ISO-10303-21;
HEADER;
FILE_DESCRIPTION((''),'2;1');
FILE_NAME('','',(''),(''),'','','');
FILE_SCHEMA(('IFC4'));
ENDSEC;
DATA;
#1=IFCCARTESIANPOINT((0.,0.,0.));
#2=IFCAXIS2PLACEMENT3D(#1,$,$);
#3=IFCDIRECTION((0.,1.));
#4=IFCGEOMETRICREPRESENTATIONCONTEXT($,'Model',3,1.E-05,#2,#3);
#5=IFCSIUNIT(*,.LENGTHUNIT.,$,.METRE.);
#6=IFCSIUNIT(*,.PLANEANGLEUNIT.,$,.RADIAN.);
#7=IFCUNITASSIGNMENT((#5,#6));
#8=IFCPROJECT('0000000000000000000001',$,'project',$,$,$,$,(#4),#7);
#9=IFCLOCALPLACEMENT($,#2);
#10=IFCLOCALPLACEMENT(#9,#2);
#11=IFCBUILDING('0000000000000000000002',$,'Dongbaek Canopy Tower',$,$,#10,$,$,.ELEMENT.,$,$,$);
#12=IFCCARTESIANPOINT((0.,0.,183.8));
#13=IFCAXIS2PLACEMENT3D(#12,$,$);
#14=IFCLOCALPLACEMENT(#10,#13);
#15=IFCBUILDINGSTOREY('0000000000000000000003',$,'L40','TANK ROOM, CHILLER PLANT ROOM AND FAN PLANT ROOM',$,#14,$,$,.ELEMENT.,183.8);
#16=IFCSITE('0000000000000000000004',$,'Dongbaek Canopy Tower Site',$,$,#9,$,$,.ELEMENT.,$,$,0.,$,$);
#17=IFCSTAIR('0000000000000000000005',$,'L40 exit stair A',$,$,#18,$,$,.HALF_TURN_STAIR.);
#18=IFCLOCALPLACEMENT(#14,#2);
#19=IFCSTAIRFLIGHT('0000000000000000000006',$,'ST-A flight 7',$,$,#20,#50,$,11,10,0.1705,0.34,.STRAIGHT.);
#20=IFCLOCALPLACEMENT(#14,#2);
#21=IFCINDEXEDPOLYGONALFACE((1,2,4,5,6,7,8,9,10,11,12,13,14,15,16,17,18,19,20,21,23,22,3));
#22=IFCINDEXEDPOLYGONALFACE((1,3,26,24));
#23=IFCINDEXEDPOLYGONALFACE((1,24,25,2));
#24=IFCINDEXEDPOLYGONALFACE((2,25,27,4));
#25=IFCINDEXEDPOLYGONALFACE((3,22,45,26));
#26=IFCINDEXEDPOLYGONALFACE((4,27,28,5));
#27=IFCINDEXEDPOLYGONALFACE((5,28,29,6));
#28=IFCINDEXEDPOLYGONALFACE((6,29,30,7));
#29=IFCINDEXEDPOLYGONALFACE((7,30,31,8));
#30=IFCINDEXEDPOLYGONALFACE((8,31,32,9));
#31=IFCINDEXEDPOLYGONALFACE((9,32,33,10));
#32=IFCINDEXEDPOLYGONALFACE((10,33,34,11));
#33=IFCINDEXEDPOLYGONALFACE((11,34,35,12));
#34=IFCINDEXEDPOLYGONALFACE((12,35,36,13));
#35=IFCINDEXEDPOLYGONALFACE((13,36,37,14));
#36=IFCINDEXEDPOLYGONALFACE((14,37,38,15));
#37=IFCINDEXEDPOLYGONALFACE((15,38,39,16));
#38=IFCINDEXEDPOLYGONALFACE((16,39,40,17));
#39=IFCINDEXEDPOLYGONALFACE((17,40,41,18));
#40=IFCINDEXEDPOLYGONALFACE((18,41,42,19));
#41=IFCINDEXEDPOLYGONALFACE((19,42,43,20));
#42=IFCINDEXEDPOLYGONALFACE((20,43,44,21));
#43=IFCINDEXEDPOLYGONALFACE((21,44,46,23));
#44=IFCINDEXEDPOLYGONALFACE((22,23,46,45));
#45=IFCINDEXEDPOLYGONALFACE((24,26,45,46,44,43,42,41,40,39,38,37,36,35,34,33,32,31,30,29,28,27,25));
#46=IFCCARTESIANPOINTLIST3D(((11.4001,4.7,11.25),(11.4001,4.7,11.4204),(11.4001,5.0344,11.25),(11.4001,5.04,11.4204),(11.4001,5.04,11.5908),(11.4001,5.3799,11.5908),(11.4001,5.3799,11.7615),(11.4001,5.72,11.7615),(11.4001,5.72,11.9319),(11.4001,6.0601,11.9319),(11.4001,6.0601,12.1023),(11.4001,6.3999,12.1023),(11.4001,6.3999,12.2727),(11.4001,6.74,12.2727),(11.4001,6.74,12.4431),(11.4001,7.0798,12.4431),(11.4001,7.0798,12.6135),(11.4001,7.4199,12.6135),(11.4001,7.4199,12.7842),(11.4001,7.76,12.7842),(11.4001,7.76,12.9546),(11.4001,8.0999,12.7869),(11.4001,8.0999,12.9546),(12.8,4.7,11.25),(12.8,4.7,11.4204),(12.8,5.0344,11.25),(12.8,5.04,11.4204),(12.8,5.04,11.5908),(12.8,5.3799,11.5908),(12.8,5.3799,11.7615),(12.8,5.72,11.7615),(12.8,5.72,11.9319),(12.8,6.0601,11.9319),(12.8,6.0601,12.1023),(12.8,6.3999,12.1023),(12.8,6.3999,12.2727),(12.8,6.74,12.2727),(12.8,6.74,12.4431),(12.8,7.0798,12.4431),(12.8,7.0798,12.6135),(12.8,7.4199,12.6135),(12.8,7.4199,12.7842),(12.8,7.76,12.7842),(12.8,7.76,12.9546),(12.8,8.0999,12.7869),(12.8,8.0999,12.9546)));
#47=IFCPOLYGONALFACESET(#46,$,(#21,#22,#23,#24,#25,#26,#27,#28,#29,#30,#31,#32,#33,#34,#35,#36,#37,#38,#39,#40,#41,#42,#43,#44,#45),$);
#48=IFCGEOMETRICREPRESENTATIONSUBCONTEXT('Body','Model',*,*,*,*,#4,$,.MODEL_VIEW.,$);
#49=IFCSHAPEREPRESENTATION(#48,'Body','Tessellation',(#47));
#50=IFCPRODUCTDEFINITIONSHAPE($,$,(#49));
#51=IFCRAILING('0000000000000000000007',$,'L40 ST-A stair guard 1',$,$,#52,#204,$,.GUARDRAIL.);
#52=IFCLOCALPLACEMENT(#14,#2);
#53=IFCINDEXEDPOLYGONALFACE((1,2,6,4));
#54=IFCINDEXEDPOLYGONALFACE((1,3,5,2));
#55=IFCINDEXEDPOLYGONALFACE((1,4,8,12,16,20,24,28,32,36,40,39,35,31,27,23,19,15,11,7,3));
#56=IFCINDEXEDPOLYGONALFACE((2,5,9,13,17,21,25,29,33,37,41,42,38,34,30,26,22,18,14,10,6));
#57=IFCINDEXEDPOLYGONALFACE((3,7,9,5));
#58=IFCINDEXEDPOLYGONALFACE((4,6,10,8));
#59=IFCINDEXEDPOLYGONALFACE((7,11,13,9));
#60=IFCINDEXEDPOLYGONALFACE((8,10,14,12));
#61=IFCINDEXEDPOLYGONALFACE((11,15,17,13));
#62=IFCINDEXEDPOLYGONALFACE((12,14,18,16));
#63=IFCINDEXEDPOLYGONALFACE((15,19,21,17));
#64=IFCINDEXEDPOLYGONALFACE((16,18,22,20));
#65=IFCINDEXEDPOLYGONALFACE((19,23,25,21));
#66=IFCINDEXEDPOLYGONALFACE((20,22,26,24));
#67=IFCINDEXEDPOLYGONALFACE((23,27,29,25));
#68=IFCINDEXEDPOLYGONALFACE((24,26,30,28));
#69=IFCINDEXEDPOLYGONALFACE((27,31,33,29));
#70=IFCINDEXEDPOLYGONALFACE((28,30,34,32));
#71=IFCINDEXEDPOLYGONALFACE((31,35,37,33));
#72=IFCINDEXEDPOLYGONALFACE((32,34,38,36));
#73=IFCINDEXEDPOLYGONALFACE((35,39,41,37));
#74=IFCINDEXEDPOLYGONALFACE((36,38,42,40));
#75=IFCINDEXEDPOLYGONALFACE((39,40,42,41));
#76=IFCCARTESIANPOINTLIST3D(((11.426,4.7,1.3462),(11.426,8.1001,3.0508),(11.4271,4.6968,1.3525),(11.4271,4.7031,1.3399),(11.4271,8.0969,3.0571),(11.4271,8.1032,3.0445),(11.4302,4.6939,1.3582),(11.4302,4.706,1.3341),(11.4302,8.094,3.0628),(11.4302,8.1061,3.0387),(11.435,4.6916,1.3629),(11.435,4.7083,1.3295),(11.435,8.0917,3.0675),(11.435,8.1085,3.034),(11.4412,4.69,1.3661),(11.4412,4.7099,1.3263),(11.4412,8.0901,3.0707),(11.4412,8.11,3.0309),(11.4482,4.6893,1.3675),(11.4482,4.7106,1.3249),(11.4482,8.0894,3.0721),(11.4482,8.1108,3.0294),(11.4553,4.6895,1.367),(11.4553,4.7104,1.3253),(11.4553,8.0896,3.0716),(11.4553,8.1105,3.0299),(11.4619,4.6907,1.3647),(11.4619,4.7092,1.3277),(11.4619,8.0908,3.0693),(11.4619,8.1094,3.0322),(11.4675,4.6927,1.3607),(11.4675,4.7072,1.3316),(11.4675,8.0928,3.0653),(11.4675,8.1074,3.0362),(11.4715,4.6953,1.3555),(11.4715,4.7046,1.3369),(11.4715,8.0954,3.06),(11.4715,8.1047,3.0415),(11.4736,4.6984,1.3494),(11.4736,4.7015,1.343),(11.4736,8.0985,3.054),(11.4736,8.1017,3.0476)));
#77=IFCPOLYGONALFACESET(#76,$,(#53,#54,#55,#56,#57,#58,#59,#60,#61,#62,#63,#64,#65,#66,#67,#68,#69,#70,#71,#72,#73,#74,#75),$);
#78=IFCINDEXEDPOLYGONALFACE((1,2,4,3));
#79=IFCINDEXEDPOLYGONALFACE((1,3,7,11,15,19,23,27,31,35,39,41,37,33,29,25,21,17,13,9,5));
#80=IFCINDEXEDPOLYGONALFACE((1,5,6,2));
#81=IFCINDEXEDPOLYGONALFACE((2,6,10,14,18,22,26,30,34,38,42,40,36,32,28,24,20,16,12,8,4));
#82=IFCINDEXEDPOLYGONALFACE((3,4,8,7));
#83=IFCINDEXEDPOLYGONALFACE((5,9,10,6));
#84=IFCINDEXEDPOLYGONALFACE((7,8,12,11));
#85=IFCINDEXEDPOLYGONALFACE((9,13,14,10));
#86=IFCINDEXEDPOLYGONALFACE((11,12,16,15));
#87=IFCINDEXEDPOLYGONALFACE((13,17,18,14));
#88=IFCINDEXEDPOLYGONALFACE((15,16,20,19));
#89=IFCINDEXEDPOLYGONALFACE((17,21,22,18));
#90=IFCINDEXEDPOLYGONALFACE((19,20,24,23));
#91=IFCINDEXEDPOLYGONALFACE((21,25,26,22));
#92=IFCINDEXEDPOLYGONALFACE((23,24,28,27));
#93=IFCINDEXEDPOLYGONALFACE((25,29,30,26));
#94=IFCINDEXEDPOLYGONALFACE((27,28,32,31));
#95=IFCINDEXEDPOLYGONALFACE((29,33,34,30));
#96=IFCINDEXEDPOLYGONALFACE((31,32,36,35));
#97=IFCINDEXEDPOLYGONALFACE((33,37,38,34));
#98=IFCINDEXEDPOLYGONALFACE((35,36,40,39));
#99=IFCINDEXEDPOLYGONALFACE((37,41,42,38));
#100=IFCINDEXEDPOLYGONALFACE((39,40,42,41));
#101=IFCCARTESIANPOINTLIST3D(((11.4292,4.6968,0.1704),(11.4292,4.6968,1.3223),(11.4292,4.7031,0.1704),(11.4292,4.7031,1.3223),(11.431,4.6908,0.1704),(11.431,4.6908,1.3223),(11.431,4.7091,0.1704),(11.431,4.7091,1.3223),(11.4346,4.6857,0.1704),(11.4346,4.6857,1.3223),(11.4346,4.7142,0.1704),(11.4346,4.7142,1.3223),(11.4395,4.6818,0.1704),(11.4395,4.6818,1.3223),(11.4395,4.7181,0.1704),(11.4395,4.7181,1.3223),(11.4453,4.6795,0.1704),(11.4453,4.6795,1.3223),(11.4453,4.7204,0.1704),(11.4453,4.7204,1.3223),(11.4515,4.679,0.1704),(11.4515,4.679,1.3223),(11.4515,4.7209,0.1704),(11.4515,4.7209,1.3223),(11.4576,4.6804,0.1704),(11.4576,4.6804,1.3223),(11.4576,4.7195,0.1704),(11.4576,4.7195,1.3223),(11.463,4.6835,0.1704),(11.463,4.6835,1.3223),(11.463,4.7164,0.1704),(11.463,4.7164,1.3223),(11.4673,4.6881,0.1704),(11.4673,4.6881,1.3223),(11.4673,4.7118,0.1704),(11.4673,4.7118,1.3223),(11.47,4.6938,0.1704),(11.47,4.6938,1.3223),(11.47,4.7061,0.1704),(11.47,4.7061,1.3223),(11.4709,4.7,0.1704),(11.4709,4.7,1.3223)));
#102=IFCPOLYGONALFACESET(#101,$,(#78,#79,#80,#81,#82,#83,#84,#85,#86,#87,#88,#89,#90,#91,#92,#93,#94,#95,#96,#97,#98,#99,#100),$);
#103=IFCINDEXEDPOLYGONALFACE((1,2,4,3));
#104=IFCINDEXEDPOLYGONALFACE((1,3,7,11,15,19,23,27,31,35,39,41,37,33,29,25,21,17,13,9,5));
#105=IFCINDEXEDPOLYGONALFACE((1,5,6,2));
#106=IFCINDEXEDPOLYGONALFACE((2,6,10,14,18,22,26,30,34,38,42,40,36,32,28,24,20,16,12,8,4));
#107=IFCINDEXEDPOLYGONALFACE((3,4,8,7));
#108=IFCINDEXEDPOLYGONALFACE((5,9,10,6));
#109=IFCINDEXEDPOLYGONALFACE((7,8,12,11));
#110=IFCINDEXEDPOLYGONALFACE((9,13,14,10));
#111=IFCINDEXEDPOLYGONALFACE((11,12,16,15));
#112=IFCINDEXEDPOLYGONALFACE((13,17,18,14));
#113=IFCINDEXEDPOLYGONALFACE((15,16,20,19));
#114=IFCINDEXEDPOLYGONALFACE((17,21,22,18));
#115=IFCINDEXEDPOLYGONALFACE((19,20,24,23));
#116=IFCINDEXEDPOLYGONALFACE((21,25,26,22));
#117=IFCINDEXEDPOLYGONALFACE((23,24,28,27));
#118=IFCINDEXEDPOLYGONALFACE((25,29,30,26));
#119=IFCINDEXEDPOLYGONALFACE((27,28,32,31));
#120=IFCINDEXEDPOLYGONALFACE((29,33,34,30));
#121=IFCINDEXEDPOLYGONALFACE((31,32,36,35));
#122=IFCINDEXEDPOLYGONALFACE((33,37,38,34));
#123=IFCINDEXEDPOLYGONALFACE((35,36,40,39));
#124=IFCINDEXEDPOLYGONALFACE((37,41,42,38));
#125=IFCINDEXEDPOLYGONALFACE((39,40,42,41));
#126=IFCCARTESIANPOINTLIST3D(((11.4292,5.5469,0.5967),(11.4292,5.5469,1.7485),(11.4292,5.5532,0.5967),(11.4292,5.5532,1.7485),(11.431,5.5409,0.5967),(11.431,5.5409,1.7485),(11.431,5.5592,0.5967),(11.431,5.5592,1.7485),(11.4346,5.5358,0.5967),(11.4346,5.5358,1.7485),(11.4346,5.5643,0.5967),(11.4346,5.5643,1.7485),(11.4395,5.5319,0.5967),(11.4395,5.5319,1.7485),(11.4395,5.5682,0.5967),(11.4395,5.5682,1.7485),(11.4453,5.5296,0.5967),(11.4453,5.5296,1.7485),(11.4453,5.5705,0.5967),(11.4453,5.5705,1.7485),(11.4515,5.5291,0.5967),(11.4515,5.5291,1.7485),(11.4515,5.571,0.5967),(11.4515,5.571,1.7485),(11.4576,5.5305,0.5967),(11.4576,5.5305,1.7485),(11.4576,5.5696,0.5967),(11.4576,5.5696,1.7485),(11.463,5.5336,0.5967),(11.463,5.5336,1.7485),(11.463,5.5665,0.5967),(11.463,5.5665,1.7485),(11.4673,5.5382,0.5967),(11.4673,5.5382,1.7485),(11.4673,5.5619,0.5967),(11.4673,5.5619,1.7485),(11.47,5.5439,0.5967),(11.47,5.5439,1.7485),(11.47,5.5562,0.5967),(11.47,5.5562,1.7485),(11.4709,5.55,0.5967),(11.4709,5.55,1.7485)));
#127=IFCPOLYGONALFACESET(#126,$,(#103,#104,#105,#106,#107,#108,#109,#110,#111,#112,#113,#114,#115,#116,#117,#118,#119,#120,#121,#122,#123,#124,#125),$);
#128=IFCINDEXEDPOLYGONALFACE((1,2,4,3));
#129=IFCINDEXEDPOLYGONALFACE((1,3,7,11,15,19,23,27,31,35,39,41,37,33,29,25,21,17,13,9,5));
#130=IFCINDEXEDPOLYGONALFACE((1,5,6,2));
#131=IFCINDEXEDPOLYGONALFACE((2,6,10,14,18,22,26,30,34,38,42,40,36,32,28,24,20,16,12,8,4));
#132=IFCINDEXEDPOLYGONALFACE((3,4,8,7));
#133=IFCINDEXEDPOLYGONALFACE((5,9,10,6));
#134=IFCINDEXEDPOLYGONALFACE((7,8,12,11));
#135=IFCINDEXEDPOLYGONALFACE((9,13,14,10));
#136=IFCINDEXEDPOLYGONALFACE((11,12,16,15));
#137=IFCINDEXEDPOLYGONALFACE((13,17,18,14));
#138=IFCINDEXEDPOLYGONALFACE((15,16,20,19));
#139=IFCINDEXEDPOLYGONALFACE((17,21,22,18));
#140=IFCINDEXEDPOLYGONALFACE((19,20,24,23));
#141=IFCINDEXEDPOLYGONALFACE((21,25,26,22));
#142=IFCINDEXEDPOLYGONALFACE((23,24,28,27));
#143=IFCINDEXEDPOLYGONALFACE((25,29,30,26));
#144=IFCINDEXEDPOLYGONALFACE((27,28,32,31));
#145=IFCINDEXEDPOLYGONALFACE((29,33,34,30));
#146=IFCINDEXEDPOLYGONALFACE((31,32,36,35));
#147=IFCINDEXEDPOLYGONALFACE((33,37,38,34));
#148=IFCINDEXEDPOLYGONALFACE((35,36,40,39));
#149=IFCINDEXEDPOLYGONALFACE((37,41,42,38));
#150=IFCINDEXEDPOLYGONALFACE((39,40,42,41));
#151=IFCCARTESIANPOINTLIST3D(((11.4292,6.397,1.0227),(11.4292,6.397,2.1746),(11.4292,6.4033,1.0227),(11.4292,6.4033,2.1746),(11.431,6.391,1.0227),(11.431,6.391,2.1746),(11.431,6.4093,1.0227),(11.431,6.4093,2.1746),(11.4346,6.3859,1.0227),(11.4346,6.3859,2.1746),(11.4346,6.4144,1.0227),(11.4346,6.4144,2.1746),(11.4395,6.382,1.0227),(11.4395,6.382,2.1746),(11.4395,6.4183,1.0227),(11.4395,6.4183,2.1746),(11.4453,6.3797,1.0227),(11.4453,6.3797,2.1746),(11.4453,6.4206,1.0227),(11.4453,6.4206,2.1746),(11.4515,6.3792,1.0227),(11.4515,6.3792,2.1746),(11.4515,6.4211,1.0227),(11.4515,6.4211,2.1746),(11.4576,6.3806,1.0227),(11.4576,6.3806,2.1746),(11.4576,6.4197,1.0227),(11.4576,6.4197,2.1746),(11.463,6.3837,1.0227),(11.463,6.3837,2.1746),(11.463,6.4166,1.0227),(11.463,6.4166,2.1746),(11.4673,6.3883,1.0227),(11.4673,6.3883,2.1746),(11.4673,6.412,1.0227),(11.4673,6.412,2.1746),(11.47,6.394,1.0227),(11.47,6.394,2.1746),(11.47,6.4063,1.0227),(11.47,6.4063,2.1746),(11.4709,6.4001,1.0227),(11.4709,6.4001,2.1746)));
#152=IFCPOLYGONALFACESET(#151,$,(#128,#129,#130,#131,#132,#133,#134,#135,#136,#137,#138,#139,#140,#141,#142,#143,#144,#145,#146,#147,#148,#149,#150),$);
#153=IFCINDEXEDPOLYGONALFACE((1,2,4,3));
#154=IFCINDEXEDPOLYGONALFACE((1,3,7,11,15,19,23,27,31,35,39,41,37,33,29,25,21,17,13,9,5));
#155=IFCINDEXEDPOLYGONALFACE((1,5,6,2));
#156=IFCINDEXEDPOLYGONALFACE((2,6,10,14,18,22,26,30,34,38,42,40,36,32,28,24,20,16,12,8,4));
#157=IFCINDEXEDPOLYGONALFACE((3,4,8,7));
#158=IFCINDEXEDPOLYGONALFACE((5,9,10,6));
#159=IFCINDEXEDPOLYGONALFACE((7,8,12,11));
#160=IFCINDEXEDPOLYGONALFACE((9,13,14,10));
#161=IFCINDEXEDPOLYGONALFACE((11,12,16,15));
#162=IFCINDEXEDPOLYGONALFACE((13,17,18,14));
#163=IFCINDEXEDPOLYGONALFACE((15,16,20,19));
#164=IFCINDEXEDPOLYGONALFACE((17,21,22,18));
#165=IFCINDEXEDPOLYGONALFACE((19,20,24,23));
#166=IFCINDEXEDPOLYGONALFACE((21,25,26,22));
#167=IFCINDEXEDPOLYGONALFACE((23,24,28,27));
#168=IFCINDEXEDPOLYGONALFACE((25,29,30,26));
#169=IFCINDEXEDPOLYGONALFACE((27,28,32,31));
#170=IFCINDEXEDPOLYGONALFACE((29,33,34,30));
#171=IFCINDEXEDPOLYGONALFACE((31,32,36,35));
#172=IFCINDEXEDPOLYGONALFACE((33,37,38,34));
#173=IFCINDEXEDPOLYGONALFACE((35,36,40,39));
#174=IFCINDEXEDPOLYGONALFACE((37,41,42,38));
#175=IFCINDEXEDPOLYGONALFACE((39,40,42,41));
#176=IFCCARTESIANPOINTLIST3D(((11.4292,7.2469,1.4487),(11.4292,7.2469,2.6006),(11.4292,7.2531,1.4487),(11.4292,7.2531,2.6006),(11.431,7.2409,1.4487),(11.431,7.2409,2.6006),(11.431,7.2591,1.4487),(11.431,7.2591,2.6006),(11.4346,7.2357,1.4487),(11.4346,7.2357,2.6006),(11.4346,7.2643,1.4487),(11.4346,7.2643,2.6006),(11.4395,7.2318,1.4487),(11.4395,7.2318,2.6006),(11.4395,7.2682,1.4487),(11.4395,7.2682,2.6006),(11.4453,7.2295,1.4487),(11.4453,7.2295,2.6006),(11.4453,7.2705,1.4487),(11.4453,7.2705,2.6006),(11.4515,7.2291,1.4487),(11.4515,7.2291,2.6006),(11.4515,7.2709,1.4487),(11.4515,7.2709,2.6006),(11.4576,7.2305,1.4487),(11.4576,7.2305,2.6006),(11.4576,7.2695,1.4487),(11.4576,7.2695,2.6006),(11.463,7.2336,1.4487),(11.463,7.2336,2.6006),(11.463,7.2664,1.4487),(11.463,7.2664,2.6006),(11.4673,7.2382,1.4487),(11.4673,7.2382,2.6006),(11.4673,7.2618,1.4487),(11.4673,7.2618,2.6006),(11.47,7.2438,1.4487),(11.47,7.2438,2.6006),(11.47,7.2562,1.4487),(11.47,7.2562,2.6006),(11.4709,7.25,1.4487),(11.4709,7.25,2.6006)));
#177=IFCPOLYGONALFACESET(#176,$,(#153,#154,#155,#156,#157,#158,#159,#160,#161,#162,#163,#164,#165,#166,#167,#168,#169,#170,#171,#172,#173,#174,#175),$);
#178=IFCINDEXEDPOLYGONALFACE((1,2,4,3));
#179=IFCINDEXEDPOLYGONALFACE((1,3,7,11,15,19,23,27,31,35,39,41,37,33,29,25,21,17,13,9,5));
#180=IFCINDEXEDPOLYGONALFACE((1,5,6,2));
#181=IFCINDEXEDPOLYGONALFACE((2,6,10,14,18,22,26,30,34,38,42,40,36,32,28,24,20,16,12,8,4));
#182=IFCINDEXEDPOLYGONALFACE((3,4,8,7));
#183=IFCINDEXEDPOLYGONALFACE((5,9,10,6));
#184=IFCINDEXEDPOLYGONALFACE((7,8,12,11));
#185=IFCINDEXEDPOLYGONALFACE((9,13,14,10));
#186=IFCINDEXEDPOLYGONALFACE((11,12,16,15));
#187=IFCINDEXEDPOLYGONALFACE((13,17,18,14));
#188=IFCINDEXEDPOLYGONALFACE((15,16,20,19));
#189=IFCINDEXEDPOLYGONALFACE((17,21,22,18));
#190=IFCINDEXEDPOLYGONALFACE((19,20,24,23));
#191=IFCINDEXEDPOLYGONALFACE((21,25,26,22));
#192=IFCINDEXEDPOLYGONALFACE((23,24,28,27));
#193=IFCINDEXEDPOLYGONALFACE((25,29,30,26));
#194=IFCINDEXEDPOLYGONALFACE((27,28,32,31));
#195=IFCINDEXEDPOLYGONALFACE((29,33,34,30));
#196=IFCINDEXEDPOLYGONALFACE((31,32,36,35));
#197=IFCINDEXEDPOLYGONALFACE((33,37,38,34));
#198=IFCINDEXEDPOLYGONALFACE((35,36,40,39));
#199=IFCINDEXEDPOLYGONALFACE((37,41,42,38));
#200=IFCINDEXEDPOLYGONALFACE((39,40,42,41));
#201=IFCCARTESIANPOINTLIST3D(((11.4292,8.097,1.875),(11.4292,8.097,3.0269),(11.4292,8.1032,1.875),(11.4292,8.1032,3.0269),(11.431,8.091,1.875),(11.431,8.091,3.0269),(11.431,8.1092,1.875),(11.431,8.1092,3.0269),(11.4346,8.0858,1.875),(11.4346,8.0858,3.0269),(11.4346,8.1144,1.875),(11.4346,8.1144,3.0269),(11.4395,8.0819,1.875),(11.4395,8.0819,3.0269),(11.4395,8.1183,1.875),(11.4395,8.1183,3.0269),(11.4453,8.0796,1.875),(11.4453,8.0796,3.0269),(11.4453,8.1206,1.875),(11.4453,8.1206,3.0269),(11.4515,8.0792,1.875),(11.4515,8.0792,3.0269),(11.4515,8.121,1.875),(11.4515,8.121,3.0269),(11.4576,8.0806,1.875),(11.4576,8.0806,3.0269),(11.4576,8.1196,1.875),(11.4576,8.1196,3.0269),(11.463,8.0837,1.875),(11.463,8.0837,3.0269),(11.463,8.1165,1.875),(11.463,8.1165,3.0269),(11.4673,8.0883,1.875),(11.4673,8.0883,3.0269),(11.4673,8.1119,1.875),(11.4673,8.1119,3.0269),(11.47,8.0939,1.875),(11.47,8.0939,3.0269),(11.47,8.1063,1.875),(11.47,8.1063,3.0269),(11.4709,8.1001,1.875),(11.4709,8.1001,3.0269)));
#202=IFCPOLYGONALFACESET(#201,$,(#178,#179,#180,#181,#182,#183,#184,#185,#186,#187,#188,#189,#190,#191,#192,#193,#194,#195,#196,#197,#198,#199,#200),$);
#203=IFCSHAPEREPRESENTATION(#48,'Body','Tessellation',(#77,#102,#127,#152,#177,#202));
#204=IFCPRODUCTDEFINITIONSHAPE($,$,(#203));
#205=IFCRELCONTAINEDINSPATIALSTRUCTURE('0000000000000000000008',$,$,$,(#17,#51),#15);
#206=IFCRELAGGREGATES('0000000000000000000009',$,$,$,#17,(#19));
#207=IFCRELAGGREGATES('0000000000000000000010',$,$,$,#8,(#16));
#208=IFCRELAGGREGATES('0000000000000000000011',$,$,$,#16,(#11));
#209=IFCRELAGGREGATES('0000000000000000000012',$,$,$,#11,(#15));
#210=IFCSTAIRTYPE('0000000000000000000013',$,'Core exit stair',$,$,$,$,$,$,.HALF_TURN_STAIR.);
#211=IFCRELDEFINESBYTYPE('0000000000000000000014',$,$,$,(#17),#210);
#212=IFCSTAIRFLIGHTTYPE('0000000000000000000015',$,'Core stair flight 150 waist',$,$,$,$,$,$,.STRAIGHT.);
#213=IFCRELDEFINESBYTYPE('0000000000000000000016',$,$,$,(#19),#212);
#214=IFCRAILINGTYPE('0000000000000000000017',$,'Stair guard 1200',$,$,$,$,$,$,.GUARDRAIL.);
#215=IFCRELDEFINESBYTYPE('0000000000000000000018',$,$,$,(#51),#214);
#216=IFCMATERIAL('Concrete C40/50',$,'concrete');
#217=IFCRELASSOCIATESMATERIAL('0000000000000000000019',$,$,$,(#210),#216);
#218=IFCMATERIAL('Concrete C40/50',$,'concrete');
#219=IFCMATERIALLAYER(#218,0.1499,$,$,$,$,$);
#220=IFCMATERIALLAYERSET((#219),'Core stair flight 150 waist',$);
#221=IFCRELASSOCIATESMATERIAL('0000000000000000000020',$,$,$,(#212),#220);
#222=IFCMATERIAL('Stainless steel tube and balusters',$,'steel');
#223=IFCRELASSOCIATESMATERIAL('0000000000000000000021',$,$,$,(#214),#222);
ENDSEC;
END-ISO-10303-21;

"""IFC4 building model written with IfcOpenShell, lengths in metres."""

from ifc_helpers import new_model, si_unit, direction, frame, origin, origin_2d, place, context, subcontext, project, spatial, polyline, circle, outline, extrude, material, layer, layer_set, type_object, element, aggregate, save


model = new_model("IFC4")

# Units and contexts
model_context = context("Model", 3, precision=1e-05, world=origin(), true_north=direction((0.0, 1.0)))
body_context = subcontext(model_context, "Body", "Model", "MODEL_VIEW")
ifc_project = project(units=[si_unit("LENGTHUNIT", "METRE"), si_unit("PLANEANGLEUNIT", "RADIAN")], contexts=[model_context])

# Site, building, storey
site_placement = place(None, origin())
site = spatial("IfcSite", under=ifc_project, at=site_placement, Name="Dongbaek Canopy Tower Site", CompositionType="ELEMENT", RefElevation=0.0)
building_placement = place(site_placement, origin())
building = spatial("IfcBuilding", under=site, at=building_placement, Name="Dongbaek Canopy Tower", CompositionType="ELEMENT")
storey_placement = place(building_placement, frame((0.0, 0.0, 183.8)))
storey = spatial("IfcBuildingStorey", under=building, at=storey_placement, Name="L40", Description="TANK ROOM, CHILLER PLANT ROOM AND FAN PLANT ROOM", CompositionType="ELEMENT", Elevation=183.8)

# Stair, stair flight
ifc_material_1 = material(Name="Concrete C40/50", Category="concrete")
stair_type = type_object("IfcStairType", Name="Core exit stair", PredefinedType="HALF_TURN_STAIR", material=ifc_material_1)
stair_placement = place(storey_placement, origin())
stair = element("IfcStair", 1, at=stair_placement, inside=storey, type_object=stair_type, Name="L40 exit stair A", PredefinedType="HALF_TURN_STAIR")
ifc_material_2 = material(Name="Concrete C40/50", Category="concrete")
ifc_layer = layer(ifc_material_2, 0.1499)
ifc_layer_set = layer_set([ifc_layer], Name="Core stair flight 150 waist")
stair_flight_type = type_object("IfcStairFlightType", Name="Core stair flight 150 waist", PredefinedType="STRAIGHT", material=ifc_layer_set)
stair_flight_1_placement = place(storey_placement, frame((12.1001, 4.7, 11.25), z_axis=(0.0, 0.0, 1.0), x_axis=(0.0, 1.0, 0.0)))
stair_flight_1 = element("IfcStairFlight", 2, at=stair_flight_1_placement, type_object=stair_flight_type, Name="ST-A flight 7", NumberOfRisers=11, NumberOfTreads=10, PredefinedType="STRAIGHT", RiserHeight=0.1705, TreadLength=0.34, context=body_context, shape_type="SweptSolid", body=[
    extrude(outline(polyline([(0.0, 0.0), (0.0, 0.1704), (0.3401, 0.1704), (0.3401, 0.3408), (0.6799, 0.3408), (0.6799, 0.5115), (1.02, 0.5115), (1.02, 0.6819), (1.3601, 0.6819), (1.3601, 0.8523), (1.7, 0.8523), (1.7, 1.0227), (2.04, 1.0227), (2.04, 1.1931), (2.3799, 1.1931), (2.3799, 1.3635), (2.72, 1.3635), (2.72, 1.5342), (3.0601, 1.5342), (3.0601, 1.7046), (3.3999, 1.7046), (3.3999, 1.875), (3.3999, 1.5369), (0.3345, 0.0), (0.0, 0.0)])), frame((0.0, 0.7, 0.0), z_axis=(0.0, -1.0, 0.0), x_axis=(1.0, 0.0, 0.0)), (0.0, 0.0, 1.0), 1.3999),
])
aggregate(stair, [stair_flight_1])

# Railing
ifc_material_3 = material(Name="Stainless steel tube and balusters", Category="steel")
railing_type_1 = type_object("IfcRailingType", Name="Stair guard 1200", PredefinedType="GUARDRAIL", material=ifc_material_3)
railing_1_placement = place(storey_placement, frame((11.45, 4.7, 0.1704)))
element("IfcRailing", 3, at=railing_1_placement, inside=storey, type_object=railing_type_1, Name="L40 ST-A stair guard 1", PredefinedType="GUARDRAIL", context=body_context, shape_type="SweptSolid", body=[
    extrude(circle(Radius=0.0239, at=origin_2d()), frame((0.0, 0.0, 1.1758), z_axis=(0.0, 0.893952, 0.448163), x_axis=(-1.0, 0.0, 0.0)), (0.0, 0.0, 1.0), 3.8035),
    extrude(circle(Radius=0.021, at=origin_2d()), origin(), (0.0, 0.0, 1.0), 1.1519),
    extrude(circle(Radius=0.021, at=origin_2d()), frame((0.0, 0.8501, 0.4263)), (0.0, 0.0, 1.0), 1.1519),
    extrude(circle(Radius=0.021, at=origin_2d()), frame((0.0, 1.7002, 0.8523)), (0.0, 0.0, 1.0), 1.1519),
    extrude(circle(Radius=0.021, at=origin_2d()), frame((0.0, 2.55, 1.2783)), (0.0, 0.0, 1.0), 1.1519),
    extrude(circle(Radius=0.021, at=origin_2d()), frame((0.0, 3.4001, 1.7046)), (0.0, 0.0, 1.0), 1.1519),
])

save(model, "model.ifc")
